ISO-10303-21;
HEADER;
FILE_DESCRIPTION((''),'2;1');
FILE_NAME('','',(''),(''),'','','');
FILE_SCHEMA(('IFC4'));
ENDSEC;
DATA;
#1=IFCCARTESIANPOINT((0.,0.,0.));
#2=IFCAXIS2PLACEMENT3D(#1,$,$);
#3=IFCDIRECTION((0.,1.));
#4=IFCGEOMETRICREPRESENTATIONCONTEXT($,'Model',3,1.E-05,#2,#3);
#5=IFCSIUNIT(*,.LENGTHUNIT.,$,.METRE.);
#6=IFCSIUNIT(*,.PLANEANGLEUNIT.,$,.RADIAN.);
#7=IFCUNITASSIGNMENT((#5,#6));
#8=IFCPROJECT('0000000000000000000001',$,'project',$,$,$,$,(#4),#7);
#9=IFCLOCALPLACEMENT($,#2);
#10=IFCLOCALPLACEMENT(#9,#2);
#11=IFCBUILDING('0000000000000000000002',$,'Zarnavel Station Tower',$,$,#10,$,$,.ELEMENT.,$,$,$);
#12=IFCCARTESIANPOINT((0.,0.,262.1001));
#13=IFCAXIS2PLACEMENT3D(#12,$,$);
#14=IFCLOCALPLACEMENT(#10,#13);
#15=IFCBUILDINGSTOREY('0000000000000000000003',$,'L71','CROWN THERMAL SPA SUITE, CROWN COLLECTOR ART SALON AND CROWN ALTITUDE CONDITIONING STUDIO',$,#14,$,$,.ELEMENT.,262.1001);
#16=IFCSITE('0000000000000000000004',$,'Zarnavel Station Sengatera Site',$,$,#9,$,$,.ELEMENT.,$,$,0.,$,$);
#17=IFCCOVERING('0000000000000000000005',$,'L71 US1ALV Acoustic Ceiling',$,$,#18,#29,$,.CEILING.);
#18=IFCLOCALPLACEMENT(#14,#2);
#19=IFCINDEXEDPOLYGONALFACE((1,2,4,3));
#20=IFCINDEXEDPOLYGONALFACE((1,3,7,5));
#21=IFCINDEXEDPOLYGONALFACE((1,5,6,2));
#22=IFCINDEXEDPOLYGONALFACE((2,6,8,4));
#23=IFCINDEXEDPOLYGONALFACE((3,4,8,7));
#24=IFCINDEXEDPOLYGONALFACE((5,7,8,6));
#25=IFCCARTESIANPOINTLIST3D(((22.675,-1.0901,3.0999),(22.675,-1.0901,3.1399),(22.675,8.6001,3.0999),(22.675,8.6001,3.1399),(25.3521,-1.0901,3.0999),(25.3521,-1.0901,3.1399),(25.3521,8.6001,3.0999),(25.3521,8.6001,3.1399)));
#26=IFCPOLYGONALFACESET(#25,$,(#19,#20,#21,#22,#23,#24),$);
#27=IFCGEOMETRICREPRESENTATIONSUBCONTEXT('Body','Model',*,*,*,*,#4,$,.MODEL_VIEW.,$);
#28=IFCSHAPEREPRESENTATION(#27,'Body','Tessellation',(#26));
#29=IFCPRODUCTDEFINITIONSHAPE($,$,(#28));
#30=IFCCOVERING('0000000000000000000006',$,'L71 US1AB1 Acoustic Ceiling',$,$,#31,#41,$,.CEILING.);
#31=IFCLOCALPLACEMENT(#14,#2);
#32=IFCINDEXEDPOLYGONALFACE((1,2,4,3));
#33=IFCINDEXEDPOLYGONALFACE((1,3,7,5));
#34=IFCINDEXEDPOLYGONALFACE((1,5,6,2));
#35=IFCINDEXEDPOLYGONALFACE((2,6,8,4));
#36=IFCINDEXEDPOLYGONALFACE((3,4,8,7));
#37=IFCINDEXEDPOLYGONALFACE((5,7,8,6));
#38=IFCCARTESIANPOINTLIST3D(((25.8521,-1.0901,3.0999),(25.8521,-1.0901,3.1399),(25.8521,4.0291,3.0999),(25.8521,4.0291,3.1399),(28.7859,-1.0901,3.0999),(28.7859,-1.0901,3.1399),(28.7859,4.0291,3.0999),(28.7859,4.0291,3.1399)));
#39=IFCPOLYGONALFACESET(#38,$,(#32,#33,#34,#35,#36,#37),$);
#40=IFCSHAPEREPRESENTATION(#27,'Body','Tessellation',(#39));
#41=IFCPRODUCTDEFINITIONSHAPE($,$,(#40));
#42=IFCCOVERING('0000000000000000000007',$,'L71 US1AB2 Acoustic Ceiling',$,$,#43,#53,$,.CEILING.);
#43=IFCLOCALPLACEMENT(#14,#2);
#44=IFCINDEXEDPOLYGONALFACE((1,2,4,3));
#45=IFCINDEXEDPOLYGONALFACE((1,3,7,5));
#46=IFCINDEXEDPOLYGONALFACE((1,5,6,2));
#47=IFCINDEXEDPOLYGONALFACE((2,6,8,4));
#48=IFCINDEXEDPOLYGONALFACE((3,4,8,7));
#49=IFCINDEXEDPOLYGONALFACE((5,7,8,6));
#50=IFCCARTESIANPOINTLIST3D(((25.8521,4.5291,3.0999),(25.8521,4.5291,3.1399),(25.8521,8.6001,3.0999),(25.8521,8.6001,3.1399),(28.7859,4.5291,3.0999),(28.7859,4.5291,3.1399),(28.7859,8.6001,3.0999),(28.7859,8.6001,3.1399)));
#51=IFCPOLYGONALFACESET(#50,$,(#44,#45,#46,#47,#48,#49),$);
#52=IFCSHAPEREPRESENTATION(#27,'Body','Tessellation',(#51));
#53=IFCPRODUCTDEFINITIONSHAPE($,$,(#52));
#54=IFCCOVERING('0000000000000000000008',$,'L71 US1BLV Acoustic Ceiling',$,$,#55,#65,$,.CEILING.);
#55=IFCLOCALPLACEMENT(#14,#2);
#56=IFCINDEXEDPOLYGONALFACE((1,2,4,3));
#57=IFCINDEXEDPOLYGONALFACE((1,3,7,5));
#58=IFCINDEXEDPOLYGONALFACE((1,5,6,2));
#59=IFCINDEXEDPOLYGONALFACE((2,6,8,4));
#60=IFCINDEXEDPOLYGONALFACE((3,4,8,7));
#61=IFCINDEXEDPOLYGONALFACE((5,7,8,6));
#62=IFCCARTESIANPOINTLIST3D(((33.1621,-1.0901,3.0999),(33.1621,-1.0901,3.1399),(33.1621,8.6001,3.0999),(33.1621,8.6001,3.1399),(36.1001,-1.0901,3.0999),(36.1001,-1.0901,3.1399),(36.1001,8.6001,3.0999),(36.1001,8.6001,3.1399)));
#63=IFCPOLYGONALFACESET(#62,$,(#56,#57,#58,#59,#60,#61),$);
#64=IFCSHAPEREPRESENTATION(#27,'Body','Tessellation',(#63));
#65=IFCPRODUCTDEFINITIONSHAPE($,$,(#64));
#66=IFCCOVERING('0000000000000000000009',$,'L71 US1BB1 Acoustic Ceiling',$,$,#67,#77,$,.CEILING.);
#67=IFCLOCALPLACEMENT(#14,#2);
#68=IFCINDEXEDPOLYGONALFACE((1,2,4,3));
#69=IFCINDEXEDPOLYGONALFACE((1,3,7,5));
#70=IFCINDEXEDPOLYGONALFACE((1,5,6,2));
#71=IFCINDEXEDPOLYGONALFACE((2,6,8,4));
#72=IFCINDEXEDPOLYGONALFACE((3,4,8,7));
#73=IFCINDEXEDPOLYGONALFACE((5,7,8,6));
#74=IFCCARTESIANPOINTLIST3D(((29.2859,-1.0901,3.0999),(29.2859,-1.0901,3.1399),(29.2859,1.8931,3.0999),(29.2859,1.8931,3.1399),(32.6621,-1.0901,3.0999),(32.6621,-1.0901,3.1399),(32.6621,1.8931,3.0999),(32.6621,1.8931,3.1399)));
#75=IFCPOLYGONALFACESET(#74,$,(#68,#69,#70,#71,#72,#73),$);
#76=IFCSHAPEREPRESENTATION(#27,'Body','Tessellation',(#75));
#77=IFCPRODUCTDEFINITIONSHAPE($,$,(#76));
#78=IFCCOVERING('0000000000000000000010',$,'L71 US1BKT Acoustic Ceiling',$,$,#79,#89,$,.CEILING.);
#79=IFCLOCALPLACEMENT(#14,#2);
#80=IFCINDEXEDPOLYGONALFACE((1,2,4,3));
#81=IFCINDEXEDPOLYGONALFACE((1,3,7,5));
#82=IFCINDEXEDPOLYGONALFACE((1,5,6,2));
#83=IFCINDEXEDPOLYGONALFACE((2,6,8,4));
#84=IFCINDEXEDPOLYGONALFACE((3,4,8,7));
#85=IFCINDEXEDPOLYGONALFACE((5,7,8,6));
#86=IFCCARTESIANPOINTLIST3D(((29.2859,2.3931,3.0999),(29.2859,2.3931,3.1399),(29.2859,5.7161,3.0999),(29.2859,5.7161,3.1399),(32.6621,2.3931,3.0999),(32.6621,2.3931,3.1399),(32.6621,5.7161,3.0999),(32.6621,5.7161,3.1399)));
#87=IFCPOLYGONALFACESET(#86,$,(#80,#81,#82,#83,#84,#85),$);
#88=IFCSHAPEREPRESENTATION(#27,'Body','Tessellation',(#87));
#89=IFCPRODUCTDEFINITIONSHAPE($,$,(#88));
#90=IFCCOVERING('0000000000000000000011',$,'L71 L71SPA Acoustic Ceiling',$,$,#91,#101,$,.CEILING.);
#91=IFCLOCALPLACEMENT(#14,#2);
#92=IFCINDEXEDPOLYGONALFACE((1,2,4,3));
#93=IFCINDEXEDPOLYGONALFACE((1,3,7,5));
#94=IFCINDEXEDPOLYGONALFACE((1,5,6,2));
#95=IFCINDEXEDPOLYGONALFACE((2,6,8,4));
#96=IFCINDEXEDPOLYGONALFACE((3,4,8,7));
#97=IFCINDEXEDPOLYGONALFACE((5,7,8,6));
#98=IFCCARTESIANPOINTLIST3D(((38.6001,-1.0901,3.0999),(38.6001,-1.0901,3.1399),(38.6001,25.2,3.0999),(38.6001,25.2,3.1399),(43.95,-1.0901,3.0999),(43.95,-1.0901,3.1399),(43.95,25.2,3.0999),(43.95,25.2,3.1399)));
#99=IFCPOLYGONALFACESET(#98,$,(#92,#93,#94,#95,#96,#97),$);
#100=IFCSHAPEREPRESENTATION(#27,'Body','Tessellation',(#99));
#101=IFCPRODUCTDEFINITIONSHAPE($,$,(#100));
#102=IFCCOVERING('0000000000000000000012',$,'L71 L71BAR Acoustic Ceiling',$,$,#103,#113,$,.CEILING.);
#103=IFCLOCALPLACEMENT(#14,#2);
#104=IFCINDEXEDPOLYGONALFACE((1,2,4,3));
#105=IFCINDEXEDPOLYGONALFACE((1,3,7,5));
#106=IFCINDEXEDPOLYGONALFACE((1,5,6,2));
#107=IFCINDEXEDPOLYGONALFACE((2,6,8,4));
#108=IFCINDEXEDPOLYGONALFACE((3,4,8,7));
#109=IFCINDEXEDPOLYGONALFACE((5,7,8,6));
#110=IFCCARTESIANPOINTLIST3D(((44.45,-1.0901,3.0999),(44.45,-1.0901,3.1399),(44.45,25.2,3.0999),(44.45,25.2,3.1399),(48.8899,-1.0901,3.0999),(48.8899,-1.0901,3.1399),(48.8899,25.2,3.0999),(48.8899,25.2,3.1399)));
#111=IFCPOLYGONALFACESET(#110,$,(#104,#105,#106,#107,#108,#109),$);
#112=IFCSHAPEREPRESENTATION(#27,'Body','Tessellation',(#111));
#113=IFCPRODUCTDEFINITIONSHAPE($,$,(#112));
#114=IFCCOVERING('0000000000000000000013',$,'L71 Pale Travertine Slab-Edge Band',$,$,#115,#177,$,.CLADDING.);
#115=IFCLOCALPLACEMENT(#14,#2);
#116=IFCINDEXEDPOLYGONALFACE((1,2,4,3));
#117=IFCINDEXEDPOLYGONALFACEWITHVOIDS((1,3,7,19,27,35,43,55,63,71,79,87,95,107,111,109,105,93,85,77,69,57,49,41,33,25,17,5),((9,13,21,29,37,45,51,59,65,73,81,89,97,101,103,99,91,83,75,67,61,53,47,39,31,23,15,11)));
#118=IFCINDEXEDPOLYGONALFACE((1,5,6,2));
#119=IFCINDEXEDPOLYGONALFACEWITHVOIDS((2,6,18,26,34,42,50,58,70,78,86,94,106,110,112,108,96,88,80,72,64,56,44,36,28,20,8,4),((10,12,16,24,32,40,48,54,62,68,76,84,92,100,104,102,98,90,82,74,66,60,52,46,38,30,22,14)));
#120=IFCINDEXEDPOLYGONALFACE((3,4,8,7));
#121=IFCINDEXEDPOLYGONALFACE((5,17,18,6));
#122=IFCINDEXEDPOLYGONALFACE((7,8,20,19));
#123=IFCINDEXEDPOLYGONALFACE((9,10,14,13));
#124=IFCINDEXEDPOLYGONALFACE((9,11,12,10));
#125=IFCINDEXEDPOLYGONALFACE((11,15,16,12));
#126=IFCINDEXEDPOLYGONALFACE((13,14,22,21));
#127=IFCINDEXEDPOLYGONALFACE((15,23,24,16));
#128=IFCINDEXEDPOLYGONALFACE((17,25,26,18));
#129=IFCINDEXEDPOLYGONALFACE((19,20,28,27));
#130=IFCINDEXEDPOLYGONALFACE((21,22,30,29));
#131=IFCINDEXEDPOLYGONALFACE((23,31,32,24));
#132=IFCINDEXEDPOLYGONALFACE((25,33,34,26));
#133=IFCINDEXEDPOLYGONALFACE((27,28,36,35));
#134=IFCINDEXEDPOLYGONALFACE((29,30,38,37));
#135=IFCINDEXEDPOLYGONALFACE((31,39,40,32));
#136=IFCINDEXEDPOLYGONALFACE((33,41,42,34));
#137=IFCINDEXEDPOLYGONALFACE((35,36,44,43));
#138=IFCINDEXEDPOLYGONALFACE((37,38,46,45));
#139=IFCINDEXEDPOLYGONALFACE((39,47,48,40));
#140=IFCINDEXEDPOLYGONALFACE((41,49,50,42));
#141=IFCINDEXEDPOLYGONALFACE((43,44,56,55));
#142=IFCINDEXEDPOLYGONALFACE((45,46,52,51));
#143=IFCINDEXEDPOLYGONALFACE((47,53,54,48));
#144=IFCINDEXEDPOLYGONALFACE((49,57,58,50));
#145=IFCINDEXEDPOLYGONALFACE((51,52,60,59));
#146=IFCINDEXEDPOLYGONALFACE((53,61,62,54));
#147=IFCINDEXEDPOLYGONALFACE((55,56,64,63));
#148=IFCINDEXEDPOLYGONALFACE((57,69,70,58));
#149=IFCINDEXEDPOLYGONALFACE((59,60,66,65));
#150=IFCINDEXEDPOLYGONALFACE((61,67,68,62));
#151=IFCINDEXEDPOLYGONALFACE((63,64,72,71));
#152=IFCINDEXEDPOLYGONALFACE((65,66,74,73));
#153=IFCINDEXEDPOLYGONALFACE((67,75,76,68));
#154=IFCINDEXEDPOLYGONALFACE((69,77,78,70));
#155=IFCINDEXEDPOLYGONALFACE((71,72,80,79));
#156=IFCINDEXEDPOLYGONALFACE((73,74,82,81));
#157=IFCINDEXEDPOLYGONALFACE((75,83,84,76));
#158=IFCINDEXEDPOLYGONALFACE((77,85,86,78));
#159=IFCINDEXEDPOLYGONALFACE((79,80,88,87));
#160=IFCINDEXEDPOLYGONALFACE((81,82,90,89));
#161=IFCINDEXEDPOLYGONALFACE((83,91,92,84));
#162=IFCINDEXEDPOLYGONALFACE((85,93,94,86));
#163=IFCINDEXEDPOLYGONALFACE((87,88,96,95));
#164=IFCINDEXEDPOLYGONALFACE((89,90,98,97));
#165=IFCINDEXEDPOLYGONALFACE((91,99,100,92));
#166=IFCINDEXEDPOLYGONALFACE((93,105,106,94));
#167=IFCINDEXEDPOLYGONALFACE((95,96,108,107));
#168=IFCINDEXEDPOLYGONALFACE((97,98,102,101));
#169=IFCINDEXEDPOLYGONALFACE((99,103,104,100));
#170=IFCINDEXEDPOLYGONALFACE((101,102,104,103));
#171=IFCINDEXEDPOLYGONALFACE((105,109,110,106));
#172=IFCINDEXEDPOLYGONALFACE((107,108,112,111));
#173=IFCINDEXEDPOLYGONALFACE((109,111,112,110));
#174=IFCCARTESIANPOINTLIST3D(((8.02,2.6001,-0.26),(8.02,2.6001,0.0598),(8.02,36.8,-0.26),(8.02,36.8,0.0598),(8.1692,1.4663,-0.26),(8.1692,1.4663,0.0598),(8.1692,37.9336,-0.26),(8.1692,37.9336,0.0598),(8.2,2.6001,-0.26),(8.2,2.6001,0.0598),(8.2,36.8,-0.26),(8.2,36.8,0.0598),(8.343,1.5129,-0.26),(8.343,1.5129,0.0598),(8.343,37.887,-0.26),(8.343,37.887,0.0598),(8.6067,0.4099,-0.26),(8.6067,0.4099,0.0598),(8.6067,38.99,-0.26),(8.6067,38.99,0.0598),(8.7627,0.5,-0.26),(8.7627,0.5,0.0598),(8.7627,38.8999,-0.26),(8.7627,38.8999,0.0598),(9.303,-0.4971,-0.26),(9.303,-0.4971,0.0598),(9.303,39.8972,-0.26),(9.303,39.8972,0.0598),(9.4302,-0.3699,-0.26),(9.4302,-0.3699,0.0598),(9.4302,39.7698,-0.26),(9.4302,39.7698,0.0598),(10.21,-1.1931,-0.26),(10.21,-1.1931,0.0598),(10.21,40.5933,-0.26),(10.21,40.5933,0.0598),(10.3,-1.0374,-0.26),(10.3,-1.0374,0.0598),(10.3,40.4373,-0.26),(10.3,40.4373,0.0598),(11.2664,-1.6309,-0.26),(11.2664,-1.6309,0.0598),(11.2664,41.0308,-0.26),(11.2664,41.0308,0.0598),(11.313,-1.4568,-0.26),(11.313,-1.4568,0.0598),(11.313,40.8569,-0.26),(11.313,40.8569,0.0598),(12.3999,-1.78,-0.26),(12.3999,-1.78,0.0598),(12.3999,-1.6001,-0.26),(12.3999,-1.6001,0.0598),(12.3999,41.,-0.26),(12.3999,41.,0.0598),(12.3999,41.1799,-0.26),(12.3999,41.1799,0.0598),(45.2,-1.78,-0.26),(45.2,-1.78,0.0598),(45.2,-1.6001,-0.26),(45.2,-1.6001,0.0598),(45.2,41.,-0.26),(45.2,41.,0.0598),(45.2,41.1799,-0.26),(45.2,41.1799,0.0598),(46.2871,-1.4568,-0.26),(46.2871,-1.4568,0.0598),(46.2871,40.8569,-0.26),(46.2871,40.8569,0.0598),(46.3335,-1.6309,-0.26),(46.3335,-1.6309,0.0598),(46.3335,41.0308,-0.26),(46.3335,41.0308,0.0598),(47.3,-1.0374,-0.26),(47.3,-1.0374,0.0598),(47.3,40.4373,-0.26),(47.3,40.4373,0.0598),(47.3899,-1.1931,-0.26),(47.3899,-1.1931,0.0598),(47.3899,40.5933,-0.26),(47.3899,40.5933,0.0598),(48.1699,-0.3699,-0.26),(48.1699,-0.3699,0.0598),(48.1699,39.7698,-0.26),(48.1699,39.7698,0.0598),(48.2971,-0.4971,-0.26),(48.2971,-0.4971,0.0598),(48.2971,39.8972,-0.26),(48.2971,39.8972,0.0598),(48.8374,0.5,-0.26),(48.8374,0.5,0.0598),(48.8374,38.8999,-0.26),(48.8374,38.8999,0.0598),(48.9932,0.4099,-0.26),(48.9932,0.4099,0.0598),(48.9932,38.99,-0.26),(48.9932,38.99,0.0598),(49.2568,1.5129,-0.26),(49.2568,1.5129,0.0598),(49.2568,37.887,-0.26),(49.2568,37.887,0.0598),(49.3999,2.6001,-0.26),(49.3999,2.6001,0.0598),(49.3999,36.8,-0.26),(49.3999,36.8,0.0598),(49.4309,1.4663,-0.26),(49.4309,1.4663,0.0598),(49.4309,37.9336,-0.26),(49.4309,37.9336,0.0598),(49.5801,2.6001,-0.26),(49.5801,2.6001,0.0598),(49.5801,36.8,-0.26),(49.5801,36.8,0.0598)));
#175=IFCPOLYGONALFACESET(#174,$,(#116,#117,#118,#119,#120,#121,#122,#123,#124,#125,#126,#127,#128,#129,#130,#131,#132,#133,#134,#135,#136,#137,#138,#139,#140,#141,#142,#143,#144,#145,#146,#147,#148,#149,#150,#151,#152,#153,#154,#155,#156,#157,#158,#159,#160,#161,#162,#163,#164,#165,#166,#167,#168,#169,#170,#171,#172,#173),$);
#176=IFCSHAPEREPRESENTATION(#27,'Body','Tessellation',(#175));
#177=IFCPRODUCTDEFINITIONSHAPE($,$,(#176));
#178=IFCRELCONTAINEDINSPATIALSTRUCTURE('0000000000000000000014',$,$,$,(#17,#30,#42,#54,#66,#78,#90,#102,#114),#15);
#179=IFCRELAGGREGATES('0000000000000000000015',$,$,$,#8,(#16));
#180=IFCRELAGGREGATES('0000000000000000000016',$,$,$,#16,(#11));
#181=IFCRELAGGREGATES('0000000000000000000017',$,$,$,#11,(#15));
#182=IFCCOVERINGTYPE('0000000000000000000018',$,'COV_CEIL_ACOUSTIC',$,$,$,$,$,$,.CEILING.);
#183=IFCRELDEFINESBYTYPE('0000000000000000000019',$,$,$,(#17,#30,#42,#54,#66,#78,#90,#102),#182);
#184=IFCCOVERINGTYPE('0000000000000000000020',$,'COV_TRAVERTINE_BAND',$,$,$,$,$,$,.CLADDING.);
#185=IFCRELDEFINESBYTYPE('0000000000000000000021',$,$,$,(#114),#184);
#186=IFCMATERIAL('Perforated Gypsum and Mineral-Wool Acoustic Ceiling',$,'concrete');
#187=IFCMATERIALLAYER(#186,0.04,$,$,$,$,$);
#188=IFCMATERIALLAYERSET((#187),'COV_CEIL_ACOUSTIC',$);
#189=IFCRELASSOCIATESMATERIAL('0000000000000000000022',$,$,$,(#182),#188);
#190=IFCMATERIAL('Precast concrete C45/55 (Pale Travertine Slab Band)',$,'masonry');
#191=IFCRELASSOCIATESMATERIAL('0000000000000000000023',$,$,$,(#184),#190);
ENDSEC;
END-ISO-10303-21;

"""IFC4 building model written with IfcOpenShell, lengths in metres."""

from ifc_helpers import new_model, si_unit, direction, frame, origin, place, context, subcontext, project, spatial, polyline, outline, extrude, material, layer, layer_set, type_object, element, save


model = new_model("IFC4")

# Units and contexts
model_context = context("Model", 3, precision=1e-05, world=origin(), true_north=direction((0.0, 1.0)))
body_context = subcontext(model_context, "Body", "Model", "MODEL_VIEW")
ifc_project = project(units=[si_unit("LENGTHUNIT", "METRE"), si_unit("PLANEANGLEUNIT", "RADIAN")], contexts=[model_context])

# Site, building, storey
site_placement = place(None, origin())
site = spatial("IfcSite", under=ifc_project, at=site_placement, Name="Zarnavel Station Sengatera Site", CompositionType="ELEMENT", RefElevation=0.0)
building_placement = place(site_placement, origin())
building = spatial("IfcBuilding", under=site, at=building_placement, Name="Zarnavel Station Tower", CompositionType="ELEMENT")
storey_placement = place(building_placement, frame((0.0, 0.0, 262.1001)))
storey = spatial("IfcBuildingStorey", under=building, at=storey_placement, Name="L71", Description="CROWN THERMAL SPA SUITE, CROWN COLLECTOR ART SALON AND CROWN ALTITUDE CONDITIONING STUDIO", CompositionType="ELEMENT", Elevation=262.1001)

# Coverings
ifc_material_1 = material(Name="Perforated Gypsum and Mineral-Wool Acoustic Ceiling", Category="concrete")
ifc_layer_1 = layer(ifc_material_1, 0.04)
ifc_layer_set_1 = layer_set([ifc_layer_1], Name="COV_CEIL_ACOUSTIC")
covering_type_1 = type_object("IfcCoveringType", Name="COV_CEIL_ACOUSTIC", PredefinedType="CEILING", material=ifc_layer_set_1)
covering_1_placement = place(storey_placement, frame((0.0, 0.0, 3.0999)))
element("IfcCovering", 1, at=covering_1_placement, inside=storey, type_object=covering_type_1, Name="L71 US1ALV Acoustic Ceiling", PredefinedType="CEILING", context=body_context, shape_type="SweptSolid", body=[
    extrude(outline(polyline([(22.675, -1.0901), (25.3521, -1.0901), (25.3521, 8.6001), (22.675, 8.6001), (22.675, -1.0901)])), origin(), (0.0, 0.0, 1.0), 0.04),
])
covering_2_placement = place(storey_placement, frame((0.0, 0.0, 3.0999)))
element("IfcCovering", 2, at=covering_2_placement, inside=storey, type_object=covering_type_1, Name="L71 US1AB1 Acoustic Ceiling", PredefinedType="CEILING", context=body_context, shape_type="SweptSolid", body=[
    extrude(outline(polyline([(25.8521, -1.0901), (28.7859, -1.0901), (28.7859, 4.0291), (25.8521, 4.0291), (25.8521, -1.0901)])), origin(), (0.0, 0.0, 1.0), 0.04),
])
covering_3_placement = place(storey_placement, frame((0.0, 0.0, 3.0999)))
element("IfcCovering", 3, at=covering_3_placement, inside=storey, type_object=covering_type_1, Name="L71 US1AB2 Acoustic Ceiling", PredefinedType="CEILING", context=body_context, shape_type="SweptSolid", body=[
    extrude(outline(polyline([(25.8521, 4.5291), (28.7859, 4.5291), (28.7859, 8.6001), (25.8521, 8.6001), (25.8521, 4.5291)])), origin(), (0.0, 0.0, 1.0), 0.04),
])
covering_4_placement = place(storey_placement, frame((0.0, 0.0, 3.0999)))
element("IfcCovering", 4, at=covering_4_placement, inside=storey, type_object=covering_type_1, Name="L71 US1BLV Acoustic Ceiling", PredefinedType="CEILING", context=body_context, shape_type="SweptSolid", body=[
    extrude(outline(polyline([(33.1621, -1.0901), (36.1001, -1.0901), (36.1001, 8.6001), (33.1621, 8.6001), (33.1621, -1.0901)])), origin(), (0.0, 0.0, 1.0), 0.04),
])
covering_5_placement = place(storey_placement, frame((0.0, 0.0, 3.0999)))
element("IfcCovering", 5, at=covering_5_placement, inside=storey, type_object=covering_type_1, Name="L71 US1BB1 Acoustic Ceiling", PredefinedType="CEILING", context=body_context, shape_type="SweptSolid", body=[
    extrude(outline(polyline([(29.2859, -1.0901), (32.6621, -1.0901), (32.6621, 1.8931), (29.2859, 1.8931), (29.2859, -1.0901)])), origin(), (0.0, 0.0, 1.0), 0.04),
])
covering_6_placement = place(storey_placement, frame((0.0, 0.0, 3.0999)))
element("IfcCovering", 6, at=covering_6_placement, inside=storey, type_object=covering_type_1, Name="L71 US1BKT Acoustic Ceiling", PredefinedType="CEILING", context=body_context, shape_type="SweptSolid", body=[
    extrude(outline(polyline([(29.2859, 2.3931), (32.6621, 2.3931), (32.6621, 5.7161), (29.2859, 5.7161), (29.2859, 2.3931)])), origin(), (0.0, 0.0, 1.0), 0.04),
])
covering_7_placement = place(storey_placement, frame((0.0, 0.0, 3.0999)))
element("IfcCovering", 7, at=covering_7_placement, inside=storey, type_object=covering_type_1, Name="L71 L71SPA Acoustic Ceiling", PredefinedType="CEILING", context=body_context, shape_type="SweptSolid", body=[
    extrude(outline(polyline([(38.6001, -1.0901), (43.95, -1.0901), (43.95, 25.2), (38.6001, 25.2), (38.6001, -1.0901)])), origin(), (0.0, 0.0, 1.0), 0.04),
])
covering_8_placement = place(storey_placement, frame((0.0, 0.0, 3.0999)))
element("IfcCovering", 8, at=covering_8_placement, inside=storey, type_object=covering_type_1, Name="L71 L71BAR Acoustic Ceiling", PredefinedType="CEILING", context=body_context, shape_type="SweptSolid", body=[
    extrude(outline(polyline([(44.45, -1.0901), (48.8899, -1.0901), (48.8899, 25.2), (44.45, 25.2), (44.45, -1.0901)])), origin(), (0.0, 0.0, 1.0), 0.04),
])
ifc_material_2 = material(Name="Precast concrete C45/55 (Pale Travertine Slab Band)", Category="masonry")
covering_type_2 = type_object("IfcCoveringType", Name="COV_TRAVERTINE_BAND", PredefinedType="CLADDING", material=ifc_material_2)
covering_9_placement = place(storey_placement, frame((0.0, 0.0, -0.26)))
element("IfcCovering", 9, at=covering_9_placement, inside=storey, type_object=covering_type_2, Name="L71 Pale Travertine Slab-Edge Band", PredefinedType="CLADDING", context=body_context, shape_type="SweptSolid", body=[
    extrude(outline(polyline([(45.2, -1.78), (46.3335, -1.6309), (47.3899, -1.1931), (48.2971, -0.4971), (48.9932, 0.4099), (49.4309, 1.4663), (49.5801, 2.6001), (49.5801, 36.8), (49.4309, 37.9336), (48.9932, 38.99), (48.2971, 39.8972), (47.3899, 40.5933), (46.3335, 41.0308), (45.2, 41.1799), (12.3999, 41.1799), (11.2664, 41.0308), (10.21, 40.5933), (9.303, 39.8972), (8.6067, 38.99), (8.1692, 37.9336), (8.02, 36.8), (8.02, 2.6001), (8.1692, 1.4663), (8.6067, 0.4099), (9.303, -0.4971), (10.21, -1.1931), (11.2664, -1.6309), (12.3999, -1.78), (45.2, -1.78)]), holes=[polyline([(45.2, -1.6001), (46.2871, -1.4568), (47.3, -1.0374), (48.1699, -0.3699), (48.8374, 0.5), (49.2568, 1.5129), (49.3999, 2.6001), (49.3999, 36.8), (49.2568, 37.887), (48.8374, 38.8999), (48.1699, 39.7698), (47.3, 40.4373), (46.2871, 40.8569), (45.2, 41.0), (12.3999, 41.0), (11.313, 40.8569), (10.3, 40.4373), (9.4302, 39.7698), (8.7627, 38.8999), (8.343, 37.887), (8.2, 36.8), (8.2, 2.6001), (8.343, 1.5129), (8.7627, 0.5), (9.4302, -0.3699), (10.3, -1.0374), (11.313, -1.4568), (12.3999, -1.6001), (45.2, -1.6001)])]), origin(), (0.0, 0.0, 1.0), 0.3198),
])

save(model, "model.ifc")
